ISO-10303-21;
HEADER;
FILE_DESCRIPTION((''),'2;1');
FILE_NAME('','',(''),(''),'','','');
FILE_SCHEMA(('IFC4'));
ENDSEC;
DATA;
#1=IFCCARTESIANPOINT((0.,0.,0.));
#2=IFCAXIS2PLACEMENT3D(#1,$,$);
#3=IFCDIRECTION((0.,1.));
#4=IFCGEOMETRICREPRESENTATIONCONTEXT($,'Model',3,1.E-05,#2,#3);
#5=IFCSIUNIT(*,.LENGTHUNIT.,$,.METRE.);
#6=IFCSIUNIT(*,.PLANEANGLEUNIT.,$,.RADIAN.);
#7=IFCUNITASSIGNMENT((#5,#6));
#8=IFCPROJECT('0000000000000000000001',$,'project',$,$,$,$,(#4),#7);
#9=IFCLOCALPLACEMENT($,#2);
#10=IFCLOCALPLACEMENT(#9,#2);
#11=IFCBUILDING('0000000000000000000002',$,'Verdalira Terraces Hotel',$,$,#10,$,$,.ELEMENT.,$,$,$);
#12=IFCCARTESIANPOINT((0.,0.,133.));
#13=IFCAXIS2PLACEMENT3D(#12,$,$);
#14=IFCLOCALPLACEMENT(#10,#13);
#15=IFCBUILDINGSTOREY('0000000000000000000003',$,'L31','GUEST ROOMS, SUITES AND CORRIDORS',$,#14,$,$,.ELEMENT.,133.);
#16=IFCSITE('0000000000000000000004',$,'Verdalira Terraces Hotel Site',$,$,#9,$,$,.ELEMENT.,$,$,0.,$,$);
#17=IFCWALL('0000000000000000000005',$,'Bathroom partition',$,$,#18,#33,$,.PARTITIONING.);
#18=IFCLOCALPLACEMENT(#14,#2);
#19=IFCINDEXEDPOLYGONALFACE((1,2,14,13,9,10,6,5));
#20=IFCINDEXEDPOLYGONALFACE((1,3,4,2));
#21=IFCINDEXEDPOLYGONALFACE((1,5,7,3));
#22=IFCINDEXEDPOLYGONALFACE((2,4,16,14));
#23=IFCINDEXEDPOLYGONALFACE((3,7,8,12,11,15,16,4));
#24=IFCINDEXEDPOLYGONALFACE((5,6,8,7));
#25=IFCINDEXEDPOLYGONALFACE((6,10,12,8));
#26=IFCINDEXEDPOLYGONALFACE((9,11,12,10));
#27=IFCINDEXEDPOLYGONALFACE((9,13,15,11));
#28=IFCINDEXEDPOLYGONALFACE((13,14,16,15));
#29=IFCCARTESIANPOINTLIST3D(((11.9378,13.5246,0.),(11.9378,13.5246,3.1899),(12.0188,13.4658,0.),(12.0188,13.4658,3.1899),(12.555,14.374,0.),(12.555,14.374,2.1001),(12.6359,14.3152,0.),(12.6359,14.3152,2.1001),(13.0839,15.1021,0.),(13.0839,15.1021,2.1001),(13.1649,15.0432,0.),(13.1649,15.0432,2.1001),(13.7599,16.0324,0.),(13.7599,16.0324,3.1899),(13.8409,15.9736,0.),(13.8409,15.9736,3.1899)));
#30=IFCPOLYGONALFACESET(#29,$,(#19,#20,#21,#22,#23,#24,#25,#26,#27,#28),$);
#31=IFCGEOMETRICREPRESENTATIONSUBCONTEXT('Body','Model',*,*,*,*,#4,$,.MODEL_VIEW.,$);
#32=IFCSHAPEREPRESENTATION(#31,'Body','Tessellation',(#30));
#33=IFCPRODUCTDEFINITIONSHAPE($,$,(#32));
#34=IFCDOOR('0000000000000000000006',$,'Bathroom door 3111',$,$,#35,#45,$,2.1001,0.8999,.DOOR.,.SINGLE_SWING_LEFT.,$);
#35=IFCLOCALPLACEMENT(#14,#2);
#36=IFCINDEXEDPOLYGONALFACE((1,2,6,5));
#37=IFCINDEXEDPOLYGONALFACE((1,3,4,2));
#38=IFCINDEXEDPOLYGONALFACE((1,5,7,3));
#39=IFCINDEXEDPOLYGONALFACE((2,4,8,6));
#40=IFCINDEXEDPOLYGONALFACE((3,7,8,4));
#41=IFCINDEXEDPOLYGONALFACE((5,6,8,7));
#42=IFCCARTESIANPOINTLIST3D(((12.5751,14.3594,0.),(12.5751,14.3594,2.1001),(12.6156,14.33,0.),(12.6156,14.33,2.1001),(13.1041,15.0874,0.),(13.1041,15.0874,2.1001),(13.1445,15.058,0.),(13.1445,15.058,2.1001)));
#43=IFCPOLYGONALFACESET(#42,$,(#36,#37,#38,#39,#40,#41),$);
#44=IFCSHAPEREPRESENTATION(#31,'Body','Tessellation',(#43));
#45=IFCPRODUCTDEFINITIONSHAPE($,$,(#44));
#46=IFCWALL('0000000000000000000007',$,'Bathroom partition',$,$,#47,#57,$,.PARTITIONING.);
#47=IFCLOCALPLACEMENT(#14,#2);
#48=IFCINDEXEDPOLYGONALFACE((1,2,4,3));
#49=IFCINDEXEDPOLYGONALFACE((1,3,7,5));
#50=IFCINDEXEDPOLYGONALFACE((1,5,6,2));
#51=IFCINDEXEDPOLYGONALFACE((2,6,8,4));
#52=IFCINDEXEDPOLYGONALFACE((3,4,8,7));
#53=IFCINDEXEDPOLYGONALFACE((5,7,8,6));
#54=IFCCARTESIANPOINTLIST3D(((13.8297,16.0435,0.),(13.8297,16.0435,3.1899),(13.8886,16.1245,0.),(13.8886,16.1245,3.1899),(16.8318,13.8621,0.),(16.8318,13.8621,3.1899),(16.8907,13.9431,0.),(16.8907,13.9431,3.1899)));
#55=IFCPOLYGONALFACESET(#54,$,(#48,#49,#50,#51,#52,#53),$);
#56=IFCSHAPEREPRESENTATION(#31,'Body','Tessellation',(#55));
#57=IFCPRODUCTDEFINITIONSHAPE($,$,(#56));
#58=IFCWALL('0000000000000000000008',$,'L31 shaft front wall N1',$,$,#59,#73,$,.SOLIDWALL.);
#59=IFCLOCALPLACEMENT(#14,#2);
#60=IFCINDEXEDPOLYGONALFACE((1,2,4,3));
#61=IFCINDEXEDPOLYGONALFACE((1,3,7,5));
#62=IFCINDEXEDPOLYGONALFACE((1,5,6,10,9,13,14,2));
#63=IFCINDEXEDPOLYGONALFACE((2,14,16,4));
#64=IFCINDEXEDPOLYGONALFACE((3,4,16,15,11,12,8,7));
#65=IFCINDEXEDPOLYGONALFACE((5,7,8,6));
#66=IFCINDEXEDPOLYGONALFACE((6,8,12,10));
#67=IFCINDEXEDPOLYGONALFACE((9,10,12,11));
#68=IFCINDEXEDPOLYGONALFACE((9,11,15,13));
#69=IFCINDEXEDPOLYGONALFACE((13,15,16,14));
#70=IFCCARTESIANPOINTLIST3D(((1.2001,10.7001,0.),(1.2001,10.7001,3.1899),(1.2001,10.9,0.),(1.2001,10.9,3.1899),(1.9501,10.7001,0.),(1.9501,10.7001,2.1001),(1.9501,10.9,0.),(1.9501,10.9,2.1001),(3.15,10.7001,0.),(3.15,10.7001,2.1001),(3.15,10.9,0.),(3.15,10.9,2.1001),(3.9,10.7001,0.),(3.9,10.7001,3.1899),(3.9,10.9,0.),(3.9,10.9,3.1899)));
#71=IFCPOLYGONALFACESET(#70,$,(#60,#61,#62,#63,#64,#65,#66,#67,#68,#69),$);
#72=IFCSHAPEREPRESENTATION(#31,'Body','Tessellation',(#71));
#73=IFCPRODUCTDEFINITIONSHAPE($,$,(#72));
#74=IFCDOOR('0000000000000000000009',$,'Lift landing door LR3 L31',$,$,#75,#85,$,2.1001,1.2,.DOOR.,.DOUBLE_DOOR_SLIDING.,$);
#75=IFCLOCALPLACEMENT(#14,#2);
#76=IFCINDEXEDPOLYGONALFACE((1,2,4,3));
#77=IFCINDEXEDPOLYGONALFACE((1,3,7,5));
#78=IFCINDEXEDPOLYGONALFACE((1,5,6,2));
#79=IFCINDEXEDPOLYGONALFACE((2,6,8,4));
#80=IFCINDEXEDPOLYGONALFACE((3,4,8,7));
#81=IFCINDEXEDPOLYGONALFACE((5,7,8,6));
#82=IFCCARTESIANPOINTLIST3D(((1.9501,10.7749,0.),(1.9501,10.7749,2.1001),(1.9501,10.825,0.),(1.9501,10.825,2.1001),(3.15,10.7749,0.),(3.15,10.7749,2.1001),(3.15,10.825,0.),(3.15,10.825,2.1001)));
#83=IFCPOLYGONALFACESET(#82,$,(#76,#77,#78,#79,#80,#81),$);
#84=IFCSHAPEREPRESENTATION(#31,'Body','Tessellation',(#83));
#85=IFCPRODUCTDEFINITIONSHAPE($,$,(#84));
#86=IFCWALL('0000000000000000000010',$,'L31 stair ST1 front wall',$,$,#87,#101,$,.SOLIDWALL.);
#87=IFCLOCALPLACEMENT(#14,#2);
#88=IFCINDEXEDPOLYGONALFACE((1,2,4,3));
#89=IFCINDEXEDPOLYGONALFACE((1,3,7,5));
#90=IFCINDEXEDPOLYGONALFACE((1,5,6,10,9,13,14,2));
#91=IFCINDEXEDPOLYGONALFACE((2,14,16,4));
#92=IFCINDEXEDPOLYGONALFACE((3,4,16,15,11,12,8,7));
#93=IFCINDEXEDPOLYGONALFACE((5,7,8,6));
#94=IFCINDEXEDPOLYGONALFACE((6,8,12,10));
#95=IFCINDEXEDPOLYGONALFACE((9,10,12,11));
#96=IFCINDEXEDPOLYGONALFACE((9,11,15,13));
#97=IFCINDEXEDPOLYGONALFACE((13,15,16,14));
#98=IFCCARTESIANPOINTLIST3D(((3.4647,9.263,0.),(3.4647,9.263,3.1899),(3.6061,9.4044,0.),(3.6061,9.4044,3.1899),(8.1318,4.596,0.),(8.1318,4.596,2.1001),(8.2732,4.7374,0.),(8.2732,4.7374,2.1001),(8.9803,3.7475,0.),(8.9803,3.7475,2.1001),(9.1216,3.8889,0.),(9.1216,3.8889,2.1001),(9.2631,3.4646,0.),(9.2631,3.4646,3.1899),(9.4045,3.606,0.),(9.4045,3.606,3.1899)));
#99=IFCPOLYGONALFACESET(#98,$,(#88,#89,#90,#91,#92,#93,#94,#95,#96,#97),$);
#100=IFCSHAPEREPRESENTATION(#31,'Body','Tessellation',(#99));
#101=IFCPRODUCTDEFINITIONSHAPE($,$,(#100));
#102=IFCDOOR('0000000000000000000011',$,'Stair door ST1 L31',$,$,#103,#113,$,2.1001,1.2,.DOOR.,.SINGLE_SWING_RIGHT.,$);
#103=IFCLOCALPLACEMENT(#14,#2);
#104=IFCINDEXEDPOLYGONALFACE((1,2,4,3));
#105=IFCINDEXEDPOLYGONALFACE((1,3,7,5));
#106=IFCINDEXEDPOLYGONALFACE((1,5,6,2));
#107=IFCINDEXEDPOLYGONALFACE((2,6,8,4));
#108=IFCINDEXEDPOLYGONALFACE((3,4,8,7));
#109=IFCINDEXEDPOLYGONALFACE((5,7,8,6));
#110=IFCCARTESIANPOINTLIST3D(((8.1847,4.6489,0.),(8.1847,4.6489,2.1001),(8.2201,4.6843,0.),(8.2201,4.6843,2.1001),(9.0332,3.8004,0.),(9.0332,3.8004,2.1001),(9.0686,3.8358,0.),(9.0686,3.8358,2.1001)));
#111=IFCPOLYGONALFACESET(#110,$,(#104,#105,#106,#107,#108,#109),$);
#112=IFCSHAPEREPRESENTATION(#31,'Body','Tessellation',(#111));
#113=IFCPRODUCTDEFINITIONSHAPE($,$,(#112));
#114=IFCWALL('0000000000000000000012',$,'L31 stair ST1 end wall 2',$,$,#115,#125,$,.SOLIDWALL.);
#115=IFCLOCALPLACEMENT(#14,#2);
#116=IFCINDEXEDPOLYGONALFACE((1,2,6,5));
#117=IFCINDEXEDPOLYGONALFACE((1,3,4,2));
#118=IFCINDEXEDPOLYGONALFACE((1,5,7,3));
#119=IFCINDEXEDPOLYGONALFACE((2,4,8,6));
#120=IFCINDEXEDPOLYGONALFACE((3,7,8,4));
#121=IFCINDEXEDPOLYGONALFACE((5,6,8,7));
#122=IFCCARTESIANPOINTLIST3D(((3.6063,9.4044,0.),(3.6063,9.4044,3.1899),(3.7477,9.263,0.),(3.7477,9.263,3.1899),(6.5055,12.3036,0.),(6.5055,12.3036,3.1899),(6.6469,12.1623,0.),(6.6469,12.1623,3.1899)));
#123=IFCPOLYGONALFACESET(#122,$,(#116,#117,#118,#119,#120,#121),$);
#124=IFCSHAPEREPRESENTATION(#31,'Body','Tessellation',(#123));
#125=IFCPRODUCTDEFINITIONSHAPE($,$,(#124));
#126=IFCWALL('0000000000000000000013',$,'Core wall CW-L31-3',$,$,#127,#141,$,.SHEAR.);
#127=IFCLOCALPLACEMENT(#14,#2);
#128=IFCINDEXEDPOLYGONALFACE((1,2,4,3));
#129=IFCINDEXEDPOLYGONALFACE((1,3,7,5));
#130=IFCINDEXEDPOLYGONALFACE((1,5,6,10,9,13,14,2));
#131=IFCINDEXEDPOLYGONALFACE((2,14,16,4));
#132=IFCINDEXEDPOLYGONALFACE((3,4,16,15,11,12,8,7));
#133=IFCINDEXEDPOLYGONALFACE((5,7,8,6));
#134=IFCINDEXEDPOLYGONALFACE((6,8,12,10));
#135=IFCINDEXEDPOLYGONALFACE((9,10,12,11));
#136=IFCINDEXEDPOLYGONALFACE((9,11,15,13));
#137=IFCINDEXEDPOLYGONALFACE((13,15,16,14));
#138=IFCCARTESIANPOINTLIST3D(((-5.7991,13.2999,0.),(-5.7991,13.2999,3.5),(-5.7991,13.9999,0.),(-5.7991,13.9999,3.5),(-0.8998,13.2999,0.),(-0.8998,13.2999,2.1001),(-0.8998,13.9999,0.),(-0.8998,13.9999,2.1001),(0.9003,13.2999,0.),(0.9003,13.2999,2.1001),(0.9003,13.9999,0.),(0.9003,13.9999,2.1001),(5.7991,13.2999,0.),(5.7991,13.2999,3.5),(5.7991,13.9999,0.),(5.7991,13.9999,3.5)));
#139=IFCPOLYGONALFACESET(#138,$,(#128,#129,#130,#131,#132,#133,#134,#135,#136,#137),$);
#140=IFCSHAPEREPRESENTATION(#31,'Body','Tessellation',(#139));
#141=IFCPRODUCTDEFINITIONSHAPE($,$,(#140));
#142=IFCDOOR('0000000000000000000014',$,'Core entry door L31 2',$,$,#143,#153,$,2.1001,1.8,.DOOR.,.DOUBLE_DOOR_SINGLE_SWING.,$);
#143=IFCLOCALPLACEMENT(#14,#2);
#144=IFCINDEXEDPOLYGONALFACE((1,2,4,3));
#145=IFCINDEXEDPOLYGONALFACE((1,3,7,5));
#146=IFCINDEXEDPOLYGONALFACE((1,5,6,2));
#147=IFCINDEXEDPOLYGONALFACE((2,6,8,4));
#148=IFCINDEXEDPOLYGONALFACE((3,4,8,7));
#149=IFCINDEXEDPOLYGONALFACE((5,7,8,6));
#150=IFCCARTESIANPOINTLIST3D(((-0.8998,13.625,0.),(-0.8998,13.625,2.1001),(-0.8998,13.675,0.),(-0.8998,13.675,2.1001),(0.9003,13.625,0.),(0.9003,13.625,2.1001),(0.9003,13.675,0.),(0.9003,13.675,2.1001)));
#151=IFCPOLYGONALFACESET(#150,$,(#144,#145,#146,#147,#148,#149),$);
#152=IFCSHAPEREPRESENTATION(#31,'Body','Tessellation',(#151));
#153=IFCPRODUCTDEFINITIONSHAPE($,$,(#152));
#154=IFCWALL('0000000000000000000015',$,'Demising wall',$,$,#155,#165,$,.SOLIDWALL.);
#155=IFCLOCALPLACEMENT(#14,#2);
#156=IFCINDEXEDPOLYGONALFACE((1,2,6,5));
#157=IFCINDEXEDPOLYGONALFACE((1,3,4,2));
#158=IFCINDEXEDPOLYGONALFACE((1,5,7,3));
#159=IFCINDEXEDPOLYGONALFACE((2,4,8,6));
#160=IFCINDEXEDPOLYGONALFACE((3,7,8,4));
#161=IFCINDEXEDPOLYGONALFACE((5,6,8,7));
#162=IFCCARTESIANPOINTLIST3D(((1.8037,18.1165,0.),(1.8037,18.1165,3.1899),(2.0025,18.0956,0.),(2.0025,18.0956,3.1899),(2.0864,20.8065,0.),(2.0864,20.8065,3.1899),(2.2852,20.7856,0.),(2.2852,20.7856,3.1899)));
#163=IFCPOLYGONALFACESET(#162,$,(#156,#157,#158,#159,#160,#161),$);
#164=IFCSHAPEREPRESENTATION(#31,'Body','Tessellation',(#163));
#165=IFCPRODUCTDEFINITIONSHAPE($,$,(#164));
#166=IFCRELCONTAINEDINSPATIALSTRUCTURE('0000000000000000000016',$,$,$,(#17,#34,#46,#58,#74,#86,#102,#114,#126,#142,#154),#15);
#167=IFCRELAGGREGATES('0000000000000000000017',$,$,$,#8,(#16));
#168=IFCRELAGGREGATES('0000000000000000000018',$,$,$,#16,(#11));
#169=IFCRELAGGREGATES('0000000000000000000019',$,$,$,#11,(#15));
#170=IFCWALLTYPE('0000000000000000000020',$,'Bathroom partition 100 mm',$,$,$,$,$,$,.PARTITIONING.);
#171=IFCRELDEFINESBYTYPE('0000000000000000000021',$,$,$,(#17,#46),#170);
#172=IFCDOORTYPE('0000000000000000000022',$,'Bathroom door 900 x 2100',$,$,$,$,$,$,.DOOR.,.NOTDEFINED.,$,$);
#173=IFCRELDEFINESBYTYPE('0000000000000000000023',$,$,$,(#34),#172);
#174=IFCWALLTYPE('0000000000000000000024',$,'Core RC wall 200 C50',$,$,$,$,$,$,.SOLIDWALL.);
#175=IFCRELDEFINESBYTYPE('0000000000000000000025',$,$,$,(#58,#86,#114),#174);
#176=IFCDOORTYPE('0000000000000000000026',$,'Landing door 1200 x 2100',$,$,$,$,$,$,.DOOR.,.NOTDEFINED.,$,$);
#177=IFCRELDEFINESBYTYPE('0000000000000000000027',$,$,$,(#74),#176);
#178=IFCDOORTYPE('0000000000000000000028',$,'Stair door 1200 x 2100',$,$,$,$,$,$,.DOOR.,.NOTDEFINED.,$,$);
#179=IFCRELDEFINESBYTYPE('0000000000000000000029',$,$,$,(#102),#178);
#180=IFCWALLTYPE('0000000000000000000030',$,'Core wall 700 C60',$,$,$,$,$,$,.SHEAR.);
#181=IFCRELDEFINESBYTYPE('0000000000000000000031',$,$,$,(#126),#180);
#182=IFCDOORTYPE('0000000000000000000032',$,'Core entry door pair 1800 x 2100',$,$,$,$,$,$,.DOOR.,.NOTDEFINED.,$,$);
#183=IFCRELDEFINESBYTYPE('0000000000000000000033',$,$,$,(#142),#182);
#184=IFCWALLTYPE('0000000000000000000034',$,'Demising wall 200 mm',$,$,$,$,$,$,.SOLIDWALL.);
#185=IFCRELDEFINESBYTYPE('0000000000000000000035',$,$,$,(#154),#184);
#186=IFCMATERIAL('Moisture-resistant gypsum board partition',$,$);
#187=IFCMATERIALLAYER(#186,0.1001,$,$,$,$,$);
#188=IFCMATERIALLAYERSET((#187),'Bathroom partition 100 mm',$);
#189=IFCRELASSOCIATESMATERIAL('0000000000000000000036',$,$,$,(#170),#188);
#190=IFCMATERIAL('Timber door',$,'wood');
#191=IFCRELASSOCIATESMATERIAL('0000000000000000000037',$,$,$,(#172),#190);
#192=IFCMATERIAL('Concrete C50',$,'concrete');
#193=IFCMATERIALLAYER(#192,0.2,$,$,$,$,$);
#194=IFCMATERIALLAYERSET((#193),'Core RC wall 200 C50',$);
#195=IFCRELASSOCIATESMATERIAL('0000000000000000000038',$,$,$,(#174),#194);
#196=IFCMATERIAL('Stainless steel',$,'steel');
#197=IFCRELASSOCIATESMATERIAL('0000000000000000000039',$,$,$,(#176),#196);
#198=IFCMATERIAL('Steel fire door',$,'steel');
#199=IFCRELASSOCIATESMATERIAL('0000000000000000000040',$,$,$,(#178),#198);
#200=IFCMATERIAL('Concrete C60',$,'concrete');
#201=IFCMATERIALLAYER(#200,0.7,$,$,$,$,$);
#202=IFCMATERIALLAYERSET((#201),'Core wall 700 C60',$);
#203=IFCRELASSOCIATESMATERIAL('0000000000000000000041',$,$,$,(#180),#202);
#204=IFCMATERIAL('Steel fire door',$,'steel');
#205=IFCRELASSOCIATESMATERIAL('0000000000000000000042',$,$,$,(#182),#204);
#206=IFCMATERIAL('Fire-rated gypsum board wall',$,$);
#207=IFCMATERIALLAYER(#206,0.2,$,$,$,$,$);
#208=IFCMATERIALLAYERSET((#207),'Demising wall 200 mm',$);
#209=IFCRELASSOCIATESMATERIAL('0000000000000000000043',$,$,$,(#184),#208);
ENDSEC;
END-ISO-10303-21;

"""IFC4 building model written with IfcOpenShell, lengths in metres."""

from ifc_helpers import new_model, si_unit, direction, frame, frame_2d, origin, place, context, subcontext, project, spatial, rectangle, extrude, material, layer, layer_set, type_object, element, fill, save


model = new_model("IFC4")

# Units and contexts
model_context = context("Model", 3, precision=1e-05, world=origin(), true_north=direction((0.0, 1.0)))
body_context = subcontext(model_context, "Body", "Model", "MODEL_VIEW")
ifc_project = project(units=[si_unit("LENGTHUNIT", "METRE"), si_unit("PLANEANGLEUNIT", "RADIAN")], contexts=[model_context])

# Site, building, storey
site_placement = place(None, origin())
site = spatial("IfcSite", under=ifc_project, at=site_placement, Name="Verdalira Terraces Hotel Site", CompositionType="ELEMENT", RefElevation=0.0)
building_placement = place(site_placement, origin())
building = spatial("IfcBuilding", under=site, at=building_placement, Name="Verdalira Terraces Hotel", CompositionType="ELEMENT")
storey_placement = place(building_placement, frame((0.0, 0.0, 133.0)))
storey = spatial("IfcBuildingStorey", under=building, at=storey_placement, Name="L31", Description="GUEST ROOMS, SUITES AND CORRIDORS", CompositionType="ELEMENT", Elevation=133.0)

# Shared definitions
ifc_material_1 = material(Name="Moisture-resistant gypsum board partition")
ifc_layer_1 = layer(ifc_material_1, 0.1001)
ifc_layer_set_1 = layer_set([ifc_layer_1], Name="Bathroom partition 100 mm")
wall_type_1 = type_object("IfcWallType", Name="Bathroom partition 100 mm", PredefinedType="PARTITIONING", material=ifc_layer_set_1)

# Wall, opening, door
wall_1_placement = place(storey_placement, frame((13.8003, 16.0029, 0.0), z_axis=(0.0, 0.0, 1.0), x_axis=(-0.587783, -0.809019, 0.0)))
wall_1 = element("IfcWall", 1, at=wall_1_placement, inside=storey, type_object=wall_type_1, Name="Bathroom partition", PredefinedType="PARTITIONING", context=body_context, shape_type="SweptSolid", body=[
    extrude(rectangle(XDim=3.0999, YDim=0.1001, at=frame_2d((1.5498, 0.0))), origin(), (0.0, 0.0, 1.0), 3.1899),
])
opening_1_placement = place(wall_1_placement, frame((1.1499, 0.0, 0.0)))
opening_1 = element("IfcOpeningElement", 2, at=opening_1_placement, cuts=wall_1, PredefinedType="OPENING", context=body_context, shape_type="SweptSolid", body=[
    extrude(rectangle(XDim=0.8999, YDim=2.1001, at=frame_2d((0.45, 1.05))), frame((0.0, 0.0601, 0.0), z_axis=(0.0, -1.0, 0.0), x_axis=(1.0, 0.0, 0.0)), (0.0, 0.0, 1.0), 0.1201),
])
ifc_material_2 = material(Name="Timber door", Category="wood")
door_type_1 = type_object("IfcDoorType", Name="Bathroom door 900 x 2100", OperationType="NOTDEFINED", PredefinedType="DOOR", material=ifc_material_2)
door_1_placement = place(opening_1_placement, origin())
door_1 = element("IfcDoor", 3, at=door_1_placement, inside=storey, type_object=door_type_1, Name="Bathroom door 3111", OperationType="SINGLE_SWING_LEFT", OverallHeight=2.1001, OverallWidth=0.8999, PredefinedType="DOOR", context=body_context, shape_type="SweptSolid", body=[
    extrude(rectangle(XDim=0.8999, YDim=2.1001, at=frame_2d((0.45, 1.05))), frame((0.0, 0.0249, 0.0), z_axis=(0.0, -1.0, 0.0), x_axis=(1.0, 0.0, 0.0)), (0.0, 0.0, 1.0), 0.05),
])
fill(opening_1, door_1)

# Wall
wall_2_placement = place(storey_placement, frame((13.8591, 16.084, 0.0), z_axis=(0.0, 0.0, 1.0), x_axis=(0.808995, -0.587816, 0.0)))
element("IfcWall", 4, at=wall_2_placement, inside=storey, type_object=wall_type_1, Name="Bathroom partition", PredefinedType="PARTITIONING", context=body_context, shape_type="SweptSolid", body=[
    extrude(rectangle(XDim=3.7109, YDim=0.1001, at=frame_2d((1.8555, 0.0))), origin(), (0.0, 0.0, 1.0), 3.1899),
])

# Walls, openings, doors
ifc_material_3 = material(Name="Concrete C50", Category="concrete")
ifc_layer_2 = layer(ifc_material_3, 0.2)
ifc_layer_set_2 = layer_set([ifc_layer_2], Name="Core RC wall 200 C50")
wall_type_2 = type_object("IfcWallType", Name="Core RC wall 200 C50", PredefinedType="SOLIDWALL", material=ifc_layer_set_2)
wall_3_placement = place(storey_placement, frame((1.2, 10.8, 0.0), z_axis=(0.0, 0.0, 1.0), x_axis=(1.0, 0.0, 0.0)))
wall_3 = element("IfcWall", 5, at=wall_3_placement, inside=storey, type_object=wall_type_2, Name="L31 shaft front wall N1", PredefinedType="SOLIDWALL", context=body_context, shape_type="SweptSolid", body=[
    extrude(rectangle(XDim=2.7, YDim=0.2, at=frame_2d((1.3501, 0.0))), origin(), (0.0, 0.0, 1.0), 3.1899),
])
opening_2_placement = place(wall_3_placement, frame((0.75, 0.0, 0.0)))
opening_2 = element("IfcOpeningElement", 6, at=opening_2_placement, cuts=wall_3, PredefinedType="OPENING", context=body_context, shape_type="SweptSolid", body=[
    extrude(rectangle(XDim=1.2, YDim=2.1001, at=frame_2d((0.6001, 1.05))), frame((0.0, 0.1099, 0.0), z_axis=(0.0, -1.0, 0.0), x_axis=(1.0, 0.0, 0.0)), (0.0, 0.0, 1.0), 0.22),
])
ifc_material_4 = material(Name="Stainless steel", Category="steel")
door_type_2 = type_object("IfcDoorType", Name="Landing door 1200 x 2100", OperationType="NOTDEFINED", PredefinedType="DOOR", material=ifc_material_4)
door_2_placement = place(opening_2_placement, origin())
door_2 = element("IfcDoor", 7, at=door_2_placement, inside=storey, type_object=door_type_2, Name="Lift landing door LR3 L31", OperationType="DOUBLE_DOOR_SLIDING", OverallHeight=2.1001, OverallWidth=1.2, PredefinedType="DOOR", context=body_context, shape_type="SweptSolid", body=[
    extrude(rectangle(XDim=1.2, YDim=2.1001, at=frame_2d((0.6001, 1.05))), frame((0.0, 0.0249, 0.0), z_axis=(0.0, -1.0, 0.0), x_axis=(1.0, 0.0, 0.0)), (0.0, 0.0, 1.0), 0.05),
])
fill(opening_2, door_2)
wall_4_placement = place(storey_placement, frame((3.5354, 9.3337, 0.0), z_axis=(0.0, 0.0, 1.0), x_axis=(0.707107, -0.707107, 0.0)))
wall_4 = element("IfcWall", 8, at=wall_4_placement, inside=storey, type_object=wall_type_2, Name="L31 stair ST1 front wall", PredefinedType="SOLIDWALL", context=body_context, shape_type="SweptSolid", body=[
    extrude(rectangle(XDim=8.2002, YDim=0.2, at=frame_2d((4.1001, 0.0))), origin(), (0.0, 0.0, 1.0), 3.1899),
])
opening_3_placement = place(wall_4_placement, frame((6.6001, 0.0, 0.0)))
opening_3 = element("IfcOpeningElement", 9, at=opening_3_placement, cuts=wall_4, PredefinedType="OPENING", context=body_context, shape_type="SweptSolid", body=[
    extrude(rectangle(XDim=1.2, YDim=2.1001, at=frame_2d((0.6001, 1.05))), frame((0.0, 0.1099, 0.0), z_axis=(0.0, -1.0, 0.0), x_axis=(1.0, 0.0, 0.0)), (0.0, 0.0, 1.0), 0.22),
])
ifc_material_5 = material(Name="Steel fire door", Category="steel")
door_type_3 = type_object("IfcDoorType", Name="Stair door 1200 x 2100", OperationType="NOTDEFINED", PredefinedType="DOOR", material=ifc_material_5)
door_3_placement = place(opening_3_placement, origin())
door_3 = element("IfcDoor", 10, at=door_3_placement, inside=storey, type_object=door_type_3, Name="Stair door ST1 L31", OperationType="SINGLE_SWING_RIGHT", OverallHeight=2.1001, OverallWidth=1.2, PredefinedType="DOOR", context=body_context, shape_type="SweptSolid", body=[
    extrude(rectangle(XDim=1.2, YDim=2.1001, at=frame_2d((0.6001, 1.05))), frame((0.0, 0.0249, 0.0), z_axis=(0.0, -1.0, 0.0), x_axis=(1.0, 0.0, 0.0)), (0.0, 0.0, 1.0), 0.05),
])
fill(opening_3, door_3)

# Wall
wall_5_placement = place(storey_placement, frame((3.677, 9.3337, 0.0), z_axis=(0.0, 0.0, 1.0), x_axis=(0.707107, 0.707107, 0.0)))
element("IfcWall", 11, at=wall_5_placement, inside=storey, type_object=wall_type_2, Name="L31 stair ST1 end wall 2", PredefinedType="SOLIDWALL", context=body_context, shape_type="SweptSolid", body=[
    extrude(rectangle(XDim=4.1001, YDim=0.2, at=frame_2d((2.05, 0.0))), origin(), (0.0, 0.0, 1.0), 3.1899),
])

# Wall, opening, door
ifc_material_6 = material(Name="Concrete C60", Category="concrete")
ifc_layer_3 = layer(ifc_material_6, 0.7)
ifc_layer_set_3 = layer_set([ifc_layer_3], Name="Core wall 700 C60")
wall_type_3 = type_object("IfcWallType", Name="Core wall 700 C60", PredefinedType="SHEAR", material=ifc_layer_set_3)
wall_6_placement = place(storey_placement, frame((5.7991, 13.6499, 0.0), z_axis=(0.0, 0.0, 1.0), x_axis=(-1.0, 0.0, 0.0)))
wall_6 = element("IfcWall", 12, at=wall_6_placement, inside=storey, type_object=wall_type_3, Name="Core wall CW-L31-3", PredefinedType="SHEAR", context=body_context, shape_type="SweptSolid", body=[
    extrude(rectangle(XDim=11.5981, YDim=0.7, at=frame_2d((5.7991, 0.0))), origin(), (0.0, 0.0, 1.0), 3.5),
])
opening_4_placement = place(wall_6_placement, frame((4.8989, 0.0, 0.0)))
opening_4 = element("IfcOpeningElement", 13, at=opening_4_placement, cuts=wall_6, PredefinedType="OPENING", context=body_context, shape_type="SweptSolid", body=[
    extrude(rectangle(XDim=1.8, YDim=2.1001, at=frame_2d((0.8999, 1.05))), frame((0.0, 0.3599, 0.0), z_axis=(0.0, -1.0, 0.0), x_axis=(1.0, 0.0, 0.0)), (0.0, 0.0, 1.0), 0.72),
])
ifc_material_7 = material(Name="Steel fire door", Category="steel")
door_type_4 = type_object("IfcDoorType", Name="Core entry door pair 1800 x 2100", OperationType="NOTDEFINED", PredefinedType="DOOR", material=ifc_material_7)
door_4_placement = place(opening_4_placement, origin())
door_4 = element("IfcDoor", 14, at=door_4_placement, inside=storey, type_object=door_type_4, Name="Core entry door L31 2", OperationType="DOUBLE_DOOR_SINGLE_SWING", OverallHeight=2.1001, OverallWidth=1.8, PredefinedType="DOOR", context=body_context, shape_type="SweptSolid", body=[
    extrude(rectangle(XDim=1.8, YDim=2.1001, at=frame_2d((0.8999, 1.05))), frame((0.0, 0.0249, 0.0), z_axis=(0.0, -1.0, 0.0), x_axis=(1.0, 0.0, 0.0)), (0.0, 0.0, 1.0), 0.05),
])
fill(opening_4, door_4)

# Wall
ifc_material_8 = material(Name="Fire-rated gypsum board wall")
ifc_layer_4 = layer(ifc_material_8, 0.2)
ifc_layer_set_4 = layer_set([ifc_layer_4], Name="Demising wall 200 mm")
wall_type_4 = type_object("IfcWallType", Name="Demising wall 200 mm", PredefinedType="SOLIDWALL", material=ifc_layer_set_4)
wall_7_placement = place(storey_placement, frame((1.9031, 18.106, 0.0), z_axis=(0.0, 0.0, 1.0), x_axis=(0.104525, 0.994522, 0.0)))
element("IfcWall", 15, at=wall_7_placement, inside=storey, type_object=wall_type_4, Name="Demising wall", PredefinedType="SOLIDWALL", context=body_context, shape_type="SweptSolid", body=[
    extrude(rectangle(XDim=2.7048, YDim=0.2, at=frame_2d((1.3525, 0.0))), origin(), (0.0, 0.0, 1.0), 3.1899),
])

save(model, "model.ifc")
